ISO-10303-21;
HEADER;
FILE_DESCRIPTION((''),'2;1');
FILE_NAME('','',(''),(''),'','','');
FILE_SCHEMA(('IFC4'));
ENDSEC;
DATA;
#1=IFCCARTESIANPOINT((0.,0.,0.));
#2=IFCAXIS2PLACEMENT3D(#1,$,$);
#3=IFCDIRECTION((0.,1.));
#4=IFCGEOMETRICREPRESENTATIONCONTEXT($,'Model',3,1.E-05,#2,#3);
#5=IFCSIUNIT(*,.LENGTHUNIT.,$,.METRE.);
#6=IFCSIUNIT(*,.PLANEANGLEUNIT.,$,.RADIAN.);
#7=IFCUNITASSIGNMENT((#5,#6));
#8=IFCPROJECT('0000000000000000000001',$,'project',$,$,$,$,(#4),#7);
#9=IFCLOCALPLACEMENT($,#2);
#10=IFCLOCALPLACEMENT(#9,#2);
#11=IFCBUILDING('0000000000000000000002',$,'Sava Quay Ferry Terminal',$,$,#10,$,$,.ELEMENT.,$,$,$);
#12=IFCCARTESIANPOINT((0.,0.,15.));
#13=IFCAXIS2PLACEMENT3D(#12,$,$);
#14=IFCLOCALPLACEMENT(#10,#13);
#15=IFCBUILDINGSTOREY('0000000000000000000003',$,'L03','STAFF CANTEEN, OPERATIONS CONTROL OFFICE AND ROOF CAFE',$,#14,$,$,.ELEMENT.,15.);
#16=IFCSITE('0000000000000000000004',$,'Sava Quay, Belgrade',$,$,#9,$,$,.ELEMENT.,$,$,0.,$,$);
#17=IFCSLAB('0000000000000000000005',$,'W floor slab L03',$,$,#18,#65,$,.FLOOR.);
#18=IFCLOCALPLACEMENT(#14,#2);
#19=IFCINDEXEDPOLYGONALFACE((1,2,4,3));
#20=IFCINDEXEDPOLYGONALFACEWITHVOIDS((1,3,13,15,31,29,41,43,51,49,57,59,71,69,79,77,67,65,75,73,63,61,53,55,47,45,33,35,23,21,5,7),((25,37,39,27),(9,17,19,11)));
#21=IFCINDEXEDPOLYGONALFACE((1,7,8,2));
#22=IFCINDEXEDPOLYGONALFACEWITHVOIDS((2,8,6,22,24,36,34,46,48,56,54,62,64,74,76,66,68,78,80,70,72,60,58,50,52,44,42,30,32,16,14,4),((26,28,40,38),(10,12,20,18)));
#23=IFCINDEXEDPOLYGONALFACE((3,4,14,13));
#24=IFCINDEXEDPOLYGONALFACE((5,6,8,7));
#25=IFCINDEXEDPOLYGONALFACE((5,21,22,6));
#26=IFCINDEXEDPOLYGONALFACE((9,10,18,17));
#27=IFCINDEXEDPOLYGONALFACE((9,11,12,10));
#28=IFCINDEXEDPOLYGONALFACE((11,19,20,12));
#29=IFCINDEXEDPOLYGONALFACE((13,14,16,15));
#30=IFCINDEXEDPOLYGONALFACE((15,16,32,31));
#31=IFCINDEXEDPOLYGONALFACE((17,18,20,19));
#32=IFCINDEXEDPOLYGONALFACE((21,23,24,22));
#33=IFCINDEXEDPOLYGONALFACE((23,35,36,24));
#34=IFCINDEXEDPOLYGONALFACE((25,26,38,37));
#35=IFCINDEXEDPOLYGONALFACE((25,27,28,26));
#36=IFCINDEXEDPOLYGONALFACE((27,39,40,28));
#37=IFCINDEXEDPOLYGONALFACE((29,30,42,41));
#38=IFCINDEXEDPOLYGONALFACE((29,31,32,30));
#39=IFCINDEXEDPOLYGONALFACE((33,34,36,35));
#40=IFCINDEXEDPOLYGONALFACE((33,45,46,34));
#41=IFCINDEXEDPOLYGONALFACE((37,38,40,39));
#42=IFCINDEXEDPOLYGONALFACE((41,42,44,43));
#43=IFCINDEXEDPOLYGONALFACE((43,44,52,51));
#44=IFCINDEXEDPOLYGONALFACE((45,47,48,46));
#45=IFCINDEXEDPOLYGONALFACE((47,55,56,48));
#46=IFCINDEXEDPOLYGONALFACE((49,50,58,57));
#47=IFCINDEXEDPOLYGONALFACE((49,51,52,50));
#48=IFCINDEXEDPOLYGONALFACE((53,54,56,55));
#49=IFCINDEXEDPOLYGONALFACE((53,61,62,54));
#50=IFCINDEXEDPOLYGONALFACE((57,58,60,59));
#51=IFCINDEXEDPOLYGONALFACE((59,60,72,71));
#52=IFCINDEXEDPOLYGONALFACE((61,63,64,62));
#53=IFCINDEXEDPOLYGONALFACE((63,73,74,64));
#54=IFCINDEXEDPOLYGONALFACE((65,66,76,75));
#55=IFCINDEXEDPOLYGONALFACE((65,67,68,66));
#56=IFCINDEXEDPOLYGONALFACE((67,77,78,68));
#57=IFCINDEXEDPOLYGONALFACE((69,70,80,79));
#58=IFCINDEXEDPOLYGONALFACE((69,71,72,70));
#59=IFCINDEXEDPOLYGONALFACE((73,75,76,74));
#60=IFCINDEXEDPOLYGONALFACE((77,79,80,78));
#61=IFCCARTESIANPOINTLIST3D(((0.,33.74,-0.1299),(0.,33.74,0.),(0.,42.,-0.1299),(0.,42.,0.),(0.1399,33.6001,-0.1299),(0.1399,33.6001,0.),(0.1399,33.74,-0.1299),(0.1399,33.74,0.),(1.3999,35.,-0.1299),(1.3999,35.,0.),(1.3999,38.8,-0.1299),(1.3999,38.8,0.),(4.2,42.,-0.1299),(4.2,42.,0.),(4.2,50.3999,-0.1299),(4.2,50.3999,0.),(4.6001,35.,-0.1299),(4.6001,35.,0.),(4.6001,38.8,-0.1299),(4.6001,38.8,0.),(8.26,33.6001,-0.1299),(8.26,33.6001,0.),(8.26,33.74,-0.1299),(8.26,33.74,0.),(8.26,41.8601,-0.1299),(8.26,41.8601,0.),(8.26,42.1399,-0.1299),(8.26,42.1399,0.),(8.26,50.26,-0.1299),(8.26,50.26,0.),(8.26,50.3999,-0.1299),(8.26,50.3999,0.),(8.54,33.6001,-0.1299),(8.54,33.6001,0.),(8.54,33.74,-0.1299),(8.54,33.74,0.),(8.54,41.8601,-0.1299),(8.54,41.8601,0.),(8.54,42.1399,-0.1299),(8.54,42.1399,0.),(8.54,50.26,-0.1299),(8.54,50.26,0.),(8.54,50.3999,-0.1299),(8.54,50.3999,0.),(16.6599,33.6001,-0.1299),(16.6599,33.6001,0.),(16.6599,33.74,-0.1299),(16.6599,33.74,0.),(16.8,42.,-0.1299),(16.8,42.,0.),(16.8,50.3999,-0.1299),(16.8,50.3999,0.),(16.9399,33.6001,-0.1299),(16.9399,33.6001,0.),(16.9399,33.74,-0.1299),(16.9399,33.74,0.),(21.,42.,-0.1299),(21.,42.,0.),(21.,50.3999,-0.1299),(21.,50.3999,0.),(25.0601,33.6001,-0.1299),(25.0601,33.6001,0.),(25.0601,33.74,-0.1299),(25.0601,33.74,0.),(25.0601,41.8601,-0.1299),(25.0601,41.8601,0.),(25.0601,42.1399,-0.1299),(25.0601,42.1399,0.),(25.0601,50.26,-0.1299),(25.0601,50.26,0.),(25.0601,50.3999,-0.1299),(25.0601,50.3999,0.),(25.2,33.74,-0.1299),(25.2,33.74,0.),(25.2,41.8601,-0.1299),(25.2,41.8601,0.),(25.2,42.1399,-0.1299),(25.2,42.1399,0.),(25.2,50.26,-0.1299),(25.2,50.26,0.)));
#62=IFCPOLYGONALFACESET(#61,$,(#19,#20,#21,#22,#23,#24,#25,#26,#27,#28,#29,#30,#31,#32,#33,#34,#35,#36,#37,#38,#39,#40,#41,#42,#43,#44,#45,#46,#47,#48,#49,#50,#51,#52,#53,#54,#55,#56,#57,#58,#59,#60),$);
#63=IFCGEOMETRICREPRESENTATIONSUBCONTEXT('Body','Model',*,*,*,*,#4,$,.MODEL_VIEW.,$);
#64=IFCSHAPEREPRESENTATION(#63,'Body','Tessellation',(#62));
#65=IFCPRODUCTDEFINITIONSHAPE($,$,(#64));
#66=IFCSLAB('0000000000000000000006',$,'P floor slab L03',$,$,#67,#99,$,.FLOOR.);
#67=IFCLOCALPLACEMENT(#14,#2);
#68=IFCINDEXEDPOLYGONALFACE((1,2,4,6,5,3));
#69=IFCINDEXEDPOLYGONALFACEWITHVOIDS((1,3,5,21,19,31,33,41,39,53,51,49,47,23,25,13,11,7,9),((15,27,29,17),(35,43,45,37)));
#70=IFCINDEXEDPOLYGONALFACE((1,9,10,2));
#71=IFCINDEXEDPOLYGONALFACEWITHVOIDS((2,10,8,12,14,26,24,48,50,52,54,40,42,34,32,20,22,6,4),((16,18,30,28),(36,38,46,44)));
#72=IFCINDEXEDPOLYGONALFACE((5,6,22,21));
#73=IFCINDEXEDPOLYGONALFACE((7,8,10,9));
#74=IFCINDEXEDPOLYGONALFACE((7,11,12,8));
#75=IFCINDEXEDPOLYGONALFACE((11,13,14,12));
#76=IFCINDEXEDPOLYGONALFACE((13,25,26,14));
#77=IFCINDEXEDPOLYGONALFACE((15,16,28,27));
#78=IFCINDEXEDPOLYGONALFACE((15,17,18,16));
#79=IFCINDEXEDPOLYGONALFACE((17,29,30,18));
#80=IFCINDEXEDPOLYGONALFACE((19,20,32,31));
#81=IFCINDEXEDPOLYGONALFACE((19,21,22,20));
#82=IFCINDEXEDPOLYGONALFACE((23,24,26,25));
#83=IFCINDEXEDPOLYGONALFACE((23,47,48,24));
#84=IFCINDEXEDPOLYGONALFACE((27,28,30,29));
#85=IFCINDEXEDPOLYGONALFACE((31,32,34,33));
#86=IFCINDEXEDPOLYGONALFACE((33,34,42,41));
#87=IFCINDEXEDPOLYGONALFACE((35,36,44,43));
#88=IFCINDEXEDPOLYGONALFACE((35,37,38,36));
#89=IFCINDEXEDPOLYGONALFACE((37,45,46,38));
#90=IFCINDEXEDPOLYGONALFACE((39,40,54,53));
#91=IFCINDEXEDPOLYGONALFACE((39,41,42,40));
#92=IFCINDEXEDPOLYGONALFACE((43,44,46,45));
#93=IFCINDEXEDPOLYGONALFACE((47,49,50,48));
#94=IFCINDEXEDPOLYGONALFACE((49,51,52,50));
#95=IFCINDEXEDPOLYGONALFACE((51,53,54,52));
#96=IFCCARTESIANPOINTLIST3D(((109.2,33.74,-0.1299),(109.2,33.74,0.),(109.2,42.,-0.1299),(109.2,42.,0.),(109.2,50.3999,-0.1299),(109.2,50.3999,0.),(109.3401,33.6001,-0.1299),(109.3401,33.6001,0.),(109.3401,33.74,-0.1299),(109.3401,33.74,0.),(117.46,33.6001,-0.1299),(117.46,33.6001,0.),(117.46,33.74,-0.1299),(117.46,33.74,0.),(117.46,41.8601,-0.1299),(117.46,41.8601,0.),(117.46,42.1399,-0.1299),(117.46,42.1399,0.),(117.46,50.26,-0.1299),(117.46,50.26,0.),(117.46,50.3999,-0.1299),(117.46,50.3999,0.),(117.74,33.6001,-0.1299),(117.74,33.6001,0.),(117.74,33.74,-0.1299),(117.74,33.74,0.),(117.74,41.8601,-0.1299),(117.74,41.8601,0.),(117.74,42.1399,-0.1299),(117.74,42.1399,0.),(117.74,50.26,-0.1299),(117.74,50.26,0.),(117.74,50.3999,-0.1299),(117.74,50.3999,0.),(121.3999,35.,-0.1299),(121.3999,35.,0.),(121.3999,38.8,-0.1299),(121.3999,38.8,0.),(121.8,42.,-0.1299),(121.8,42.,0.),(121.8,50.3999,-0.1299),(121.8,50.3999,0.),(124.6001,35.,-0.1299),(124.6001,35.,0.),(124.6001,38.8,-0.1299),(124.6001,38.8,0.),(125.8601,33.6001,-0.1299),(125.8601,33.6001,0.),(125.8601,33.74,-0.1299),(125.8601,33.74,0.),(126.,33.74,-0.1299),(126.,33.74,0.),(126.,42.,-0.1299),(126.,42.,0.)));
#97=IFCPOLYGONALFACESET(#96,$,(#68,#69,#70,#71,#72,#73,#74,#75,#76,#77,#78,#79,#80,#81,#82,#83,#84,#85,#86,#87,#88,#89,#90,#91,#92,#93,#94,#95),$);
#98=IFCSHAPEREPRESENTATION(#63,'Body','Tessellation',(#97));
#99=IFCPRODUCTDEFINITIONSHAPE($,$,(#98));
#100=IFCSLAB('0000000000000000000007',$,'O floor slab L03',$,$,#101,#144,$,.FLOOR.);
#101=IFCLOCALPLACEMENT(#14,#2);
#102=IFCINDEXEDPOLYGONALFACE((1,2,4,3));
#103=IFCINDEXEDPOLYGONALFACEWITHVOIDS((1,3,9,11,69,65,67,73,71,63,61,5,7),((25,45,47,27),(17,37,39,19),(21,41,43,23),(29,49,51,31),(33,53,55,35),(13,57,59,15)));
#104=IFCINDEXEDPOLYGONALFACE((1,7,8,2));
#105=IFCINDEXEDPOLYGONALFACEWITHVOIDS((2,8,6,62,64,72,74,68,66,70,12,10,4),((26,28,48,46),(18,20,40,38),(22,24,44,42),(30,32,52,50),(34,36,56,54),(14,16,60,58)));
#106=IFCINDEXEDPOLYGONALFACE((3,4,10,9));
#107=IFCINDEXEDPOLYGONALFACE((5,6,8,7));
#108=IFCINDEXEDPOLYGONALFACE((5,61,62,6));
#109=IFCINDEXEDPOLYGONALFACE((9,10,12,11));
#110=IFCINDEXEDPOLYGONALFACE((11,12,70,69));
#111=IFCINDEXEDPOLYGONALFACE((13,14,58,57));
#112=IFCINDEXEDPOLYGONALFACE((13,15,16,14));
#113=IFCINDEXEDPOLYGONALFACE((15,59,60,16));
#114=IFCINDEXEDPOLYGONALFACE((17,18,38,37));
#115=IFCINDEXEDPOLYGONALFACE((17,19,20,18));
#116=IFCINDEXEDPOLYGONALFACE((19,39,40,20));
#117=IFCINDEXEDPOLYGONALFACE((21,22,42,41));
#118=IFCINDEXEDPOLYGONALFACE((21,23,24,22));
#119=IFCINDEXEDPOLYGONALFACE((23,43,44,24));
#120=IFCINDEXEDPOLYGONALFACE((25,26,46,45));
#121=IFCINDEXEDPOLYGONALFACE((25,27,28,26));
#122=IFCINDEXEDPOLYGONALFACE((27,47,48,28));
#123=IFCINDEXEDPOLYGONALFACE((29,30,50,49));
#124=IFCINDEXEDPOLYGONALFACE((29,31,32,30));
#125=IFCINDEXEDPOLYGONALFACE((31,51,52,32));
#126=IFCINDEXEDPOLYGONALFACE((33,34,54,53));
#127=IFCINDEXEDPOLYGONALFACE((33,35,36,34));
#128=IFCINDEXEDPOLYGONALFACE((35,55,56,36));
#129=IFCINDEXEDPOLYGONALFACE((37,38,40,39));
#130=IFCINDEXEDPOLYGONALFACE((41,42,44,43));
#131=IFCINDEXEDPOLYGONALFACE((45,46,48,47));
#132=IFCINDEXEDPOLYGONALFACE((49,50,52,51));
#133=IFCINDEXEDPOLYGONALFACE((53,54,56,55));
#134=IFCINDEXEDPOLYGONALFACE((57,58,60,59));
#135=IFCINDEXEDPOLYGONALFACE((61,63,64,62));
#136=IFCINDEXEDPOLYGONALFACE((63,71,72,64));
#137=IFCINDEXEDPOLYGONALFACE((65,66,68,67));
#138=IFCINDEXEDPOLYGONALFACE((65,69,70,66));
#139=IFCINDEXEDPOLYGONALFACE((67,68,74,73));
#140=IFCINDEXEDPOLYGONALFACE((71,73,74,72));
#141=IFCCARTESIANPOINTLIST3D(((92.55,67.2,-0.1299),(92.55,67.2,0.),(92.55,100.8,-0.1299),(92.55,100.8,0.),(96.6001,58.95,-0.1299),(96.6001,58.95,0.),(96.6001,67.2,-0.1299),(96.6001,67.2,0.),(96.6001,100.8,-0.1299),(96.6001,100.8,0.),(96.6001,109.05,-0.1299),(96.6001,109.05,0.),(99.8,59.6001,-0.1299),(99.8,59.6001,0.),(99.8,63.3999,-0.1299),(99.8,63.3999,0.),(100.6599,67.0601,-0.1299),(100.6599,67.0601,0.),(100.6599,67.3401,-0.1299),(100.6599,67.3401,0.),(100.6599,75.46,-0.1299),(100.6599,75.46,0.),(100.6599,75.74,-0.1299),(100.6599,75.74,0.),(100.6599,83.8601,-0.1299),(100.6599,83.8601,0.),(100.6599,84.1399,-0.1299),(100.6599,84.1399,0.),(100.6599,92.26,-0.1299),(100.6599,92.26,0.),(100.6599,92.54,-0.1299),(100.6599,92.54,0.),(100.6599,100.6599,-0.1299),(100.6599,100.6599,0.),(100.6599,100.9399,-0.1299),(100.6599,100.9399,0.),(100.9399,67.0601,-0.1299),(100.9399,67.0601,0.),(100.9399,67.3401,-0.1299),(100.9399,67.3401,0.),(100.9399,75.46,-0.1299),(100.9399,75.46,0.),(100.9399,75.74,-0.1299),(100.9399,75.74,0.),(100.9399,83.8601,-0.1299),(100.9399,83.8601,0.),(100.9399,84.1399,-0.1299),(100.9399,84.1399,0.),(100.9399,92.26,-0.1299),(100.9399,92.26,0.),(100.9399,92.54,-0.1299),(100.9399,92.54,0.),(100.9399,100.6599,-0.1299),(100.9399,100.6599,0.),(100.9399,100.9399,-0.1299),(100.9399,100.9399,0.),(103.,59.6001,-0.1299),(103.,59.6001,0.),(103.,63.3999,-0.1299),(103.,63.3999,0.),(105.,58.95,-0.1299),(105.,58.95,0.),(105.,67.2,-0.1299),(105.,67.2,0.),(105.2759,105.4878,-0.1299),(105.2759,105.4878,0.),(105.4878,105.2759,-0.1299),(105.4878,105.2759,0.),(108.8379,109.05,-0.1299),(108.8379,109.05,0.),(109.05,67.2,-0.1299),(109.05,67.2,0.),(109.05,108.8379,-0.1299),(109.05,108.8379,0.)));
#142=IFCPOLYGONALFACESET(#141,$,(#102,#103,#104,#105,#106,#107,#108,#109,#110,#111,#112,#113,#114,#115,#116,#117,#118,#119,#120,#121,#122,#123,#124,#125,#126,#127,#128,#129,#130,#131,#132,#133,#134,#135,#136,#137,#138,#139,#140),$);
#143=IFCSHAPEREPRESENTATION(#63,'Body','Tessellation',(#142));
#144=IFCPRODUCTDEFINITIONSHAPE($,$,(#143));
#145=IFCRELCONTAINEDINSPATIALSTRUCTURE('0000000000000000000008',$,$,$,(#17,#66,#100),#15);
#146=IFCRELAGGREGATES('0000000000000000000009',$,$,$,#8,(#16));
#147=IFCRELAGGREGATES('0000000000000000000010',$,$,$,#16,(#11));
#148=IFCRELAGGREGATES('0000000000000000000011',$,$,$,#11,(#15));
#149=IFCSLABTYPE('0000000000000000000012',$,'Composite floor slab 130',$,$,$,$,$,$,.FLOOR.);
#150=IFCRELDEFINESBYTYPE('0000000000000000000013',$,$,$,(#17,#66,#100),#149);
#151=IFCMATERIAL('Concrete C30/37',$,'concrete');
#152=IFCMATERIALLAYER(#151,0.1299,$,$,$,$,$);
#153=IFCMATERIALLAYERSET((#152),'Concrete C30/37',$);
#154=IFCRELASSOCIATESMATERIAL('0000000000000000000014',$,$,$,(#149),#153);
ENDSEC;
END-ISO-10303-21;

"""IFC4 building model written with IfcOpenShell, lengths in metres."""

from ifc_helpers import new_model, si_unit, direction, frame, origin, place, context, subcontext, project, spatial, polyline, outline, extrude, material, layer, layer_set, type_object, element, save


model = new_model("IFC4")

# Units and contexts
model_context = context("Model", 3, precision=1e-05, world=origin(), true_north=direction((0.0, 1.0)))
body_context = subcontext(model_context, "Body", "Model", "MODEL_VIEW")
ifc_project = project(units=[si_unit("LENGTHUNIT", "METRE"), si_unit("PLANEANGLEUNIT", "RADIAN")], contexts=[model_context])

# Site, building, storey
site_placement = place(None, origin())
site = spatial("IfcSite", under=ifc_project, at=site_placement, Name="Sava Quay, Belgrade", CompositionType="ELEMENT", RefElevation=0.0)
building_placement = place(site_placement, origin())
building = spatial("IfcBuilding", under=site, at=building_placement, Name="Sava Quay Ferry Terminal", CompositionType="ELEMENT")
storey_placement = place(building_placement, frame((0.0, 0.0, 15.0)))
storey = spatial("IfcBuildingStorey", under=building, at=storey_placement, Name="L03", Description="STAFF CANTEEN, OPERATIONS CONTROL OFFICE AND ROOF CAFE", CompositionType="ELEMENT", Elevation=15.0)

# Slabs
ifc_material_1 = material(Name="Concrete C30/37", Category="concrete")
ifc_layer_1 = layer(ifc_material_1, 0.1299)
ifc_layer_set_1 = layer_set([ifc_layer_1], Name="Concrete C30/37")
slab_type_1 = type_object("IfcSlabType", Name="Composite floor slab 130", PredefinedType="FLOOR", material=ifc_layer_set_1)
slab_1_placement = place(storey_placement, frame((0.0, 0.0, -0.1299)))
element("IfcSlab", 1, at=slab_1_placement, inside=storey, type_object=slab_type_1, Name="W floor slab L03", PredefinedType="FLOOR", context=body_context, shape_type="SweptSolid", body=[
    extrude(outline(polyline([(25.0601, 33.74), (25.0601, 33.6001), (16.9399, 33.6001), (16.9399, 33.74), (16.6599, 33.74), (16.6599, 33.6001), (8.54, 33.6001), (8.54, 33.74), (8.26, 33.74), (8.26, 33.6001), (0.1399, 33.6001), (0.1399, 33.74), (0.0, 33.74), (0.0, 42.0), (4.2, 42.0), (4.2, 50.3999), (8.26, 50.3999), (8.26, 50.26), (8.54, 50.26), (8.54, 50.3999), (16.8, 50.3999), (16.8, 42.0), (21.0, 42.0), (21.0, 50.3999), (25.0601, 50.3999), (25.0601, 50.26), (25.2, 50.26), (25.2, 42.1399), (25.0601, 42.1399), (25.0601, 41.8601), (25.2, 41.8601), (25.2, 33.74), (25.0601, 33.74)]), holes=[polyline([(1.3999, 35.0), (4.6001, 35.0), (4.6001, 38.8), (1.3999, 38.8), (1.3999, 35.0)]), polyline([(8.26, 41.8601), (8.54, 41.8601), (8.54, 42.1399), (8.26, 42.1399), (8.26, 41.8601)])]), origin(), (0.0, 0.0, 1.0), 0.1299),
])
slab_2_placement = place(storey_placement, frame((0.0, 0.0, -0.1299)))
element("IfcSlab", 2, at=slab_2_placement, inside=storey, type_object=slab_type_1, Name="P floor slab L03", PredefinedType="FLOOR", context=body_context, shape_type="SweptSolid", body=[
    extrude(outline(polyline([(125.8601, 33.74), (125.8601, 33.6001), (117.74, 33.6001), (117.74, 33.74), (117.46, 33.74), (117.46, 33.6001), (109.3401, 33.6001), (109.3401, 33.74), (109.2, 33.74), (109.2, 42.0), (109.2, 50.3999), (117.46, 50.3999), (117.46, 50.26), (117.74, 50.26), (117.74, 50.3999), (121.8, 50.3999), (121.8, 42.0), (126.0, 42.0), (126.0, 33.74), (125.8601, 33.74)]), holes=[polyline([(121.3999, 35.0), (124.6001, 35.0), (124.6001, 38.8), (121.3999, 38.8), (121.3999, 35.0)]), polyline([(117.46, 41.8601), (117.74, 41.8601), (117.74, 42.1399), (117.46, 42.1399), (117.46, 41.8601)])]), origin(), (0.0, 0.0, 1.0), 0.1299),
])
slab_3_placement = place(storey_placement, frame((0.0, 0.0, -0.1299)))
element("IfcSlab", 3, at=slab_3_placement, inside=storey, type_object=slab_type_1, Name="O floor slab L03", PredefinedType="FLOOR", context=body_context, shape_type="SweptSolid", body=[
    extrude(outline(polyline([(96.6001, 67.2), (92.55, 67.2), (92.55, 100.8), (96.6001, 100.8), (96.6001, 109.05), (108.8379, 109.05), (105.2759, 105.4878), (105.4878, 105.2759), (109.05, 108.8379), (109.05, 67.2), (105.0, 67.2), (105.0, 58.95), (96.6001, 58.95), (96.6001, 67.2)]), holes=[polyline([(100.9399, 67.0601), (100.9399, 67.3401), (100.6599, 67.3401), (100.6599, 67.0601), (100.9399, 67.0601)]), polyline([(100.6599, 75.46), (100.9399, 75.46), (100.9399, 75.74), (100.6599, 75.74), (100.6599, 75.46)]), polyline([(100.6599, 83.8601), (100.9399, 83.8601), (100.9399, 84.1399), (100.6599, 84.1399), (100.6599, 83.8601)]), polyline([(100.9399, 92.26), (100.9399, 92.54), (100.6599, 92.54), (100.6599, 92.26), (100.9399, 92.26)]), polyline([(100.6599, 100.6599), (100.9399, 100.6599), (100.9399, 100.9399), (100.6599, 100.9399), (100.6599, 100.6599)]), polyline([(99.8, 59.6001), (103.0, 59.6001), (103.0, 63.3999), (99.8, 63.3999), (99.8, 59.6001)])]), origin(), (0.0, 0.0, 1.0), 0.1299),
])

save(model, "model.ifc")
